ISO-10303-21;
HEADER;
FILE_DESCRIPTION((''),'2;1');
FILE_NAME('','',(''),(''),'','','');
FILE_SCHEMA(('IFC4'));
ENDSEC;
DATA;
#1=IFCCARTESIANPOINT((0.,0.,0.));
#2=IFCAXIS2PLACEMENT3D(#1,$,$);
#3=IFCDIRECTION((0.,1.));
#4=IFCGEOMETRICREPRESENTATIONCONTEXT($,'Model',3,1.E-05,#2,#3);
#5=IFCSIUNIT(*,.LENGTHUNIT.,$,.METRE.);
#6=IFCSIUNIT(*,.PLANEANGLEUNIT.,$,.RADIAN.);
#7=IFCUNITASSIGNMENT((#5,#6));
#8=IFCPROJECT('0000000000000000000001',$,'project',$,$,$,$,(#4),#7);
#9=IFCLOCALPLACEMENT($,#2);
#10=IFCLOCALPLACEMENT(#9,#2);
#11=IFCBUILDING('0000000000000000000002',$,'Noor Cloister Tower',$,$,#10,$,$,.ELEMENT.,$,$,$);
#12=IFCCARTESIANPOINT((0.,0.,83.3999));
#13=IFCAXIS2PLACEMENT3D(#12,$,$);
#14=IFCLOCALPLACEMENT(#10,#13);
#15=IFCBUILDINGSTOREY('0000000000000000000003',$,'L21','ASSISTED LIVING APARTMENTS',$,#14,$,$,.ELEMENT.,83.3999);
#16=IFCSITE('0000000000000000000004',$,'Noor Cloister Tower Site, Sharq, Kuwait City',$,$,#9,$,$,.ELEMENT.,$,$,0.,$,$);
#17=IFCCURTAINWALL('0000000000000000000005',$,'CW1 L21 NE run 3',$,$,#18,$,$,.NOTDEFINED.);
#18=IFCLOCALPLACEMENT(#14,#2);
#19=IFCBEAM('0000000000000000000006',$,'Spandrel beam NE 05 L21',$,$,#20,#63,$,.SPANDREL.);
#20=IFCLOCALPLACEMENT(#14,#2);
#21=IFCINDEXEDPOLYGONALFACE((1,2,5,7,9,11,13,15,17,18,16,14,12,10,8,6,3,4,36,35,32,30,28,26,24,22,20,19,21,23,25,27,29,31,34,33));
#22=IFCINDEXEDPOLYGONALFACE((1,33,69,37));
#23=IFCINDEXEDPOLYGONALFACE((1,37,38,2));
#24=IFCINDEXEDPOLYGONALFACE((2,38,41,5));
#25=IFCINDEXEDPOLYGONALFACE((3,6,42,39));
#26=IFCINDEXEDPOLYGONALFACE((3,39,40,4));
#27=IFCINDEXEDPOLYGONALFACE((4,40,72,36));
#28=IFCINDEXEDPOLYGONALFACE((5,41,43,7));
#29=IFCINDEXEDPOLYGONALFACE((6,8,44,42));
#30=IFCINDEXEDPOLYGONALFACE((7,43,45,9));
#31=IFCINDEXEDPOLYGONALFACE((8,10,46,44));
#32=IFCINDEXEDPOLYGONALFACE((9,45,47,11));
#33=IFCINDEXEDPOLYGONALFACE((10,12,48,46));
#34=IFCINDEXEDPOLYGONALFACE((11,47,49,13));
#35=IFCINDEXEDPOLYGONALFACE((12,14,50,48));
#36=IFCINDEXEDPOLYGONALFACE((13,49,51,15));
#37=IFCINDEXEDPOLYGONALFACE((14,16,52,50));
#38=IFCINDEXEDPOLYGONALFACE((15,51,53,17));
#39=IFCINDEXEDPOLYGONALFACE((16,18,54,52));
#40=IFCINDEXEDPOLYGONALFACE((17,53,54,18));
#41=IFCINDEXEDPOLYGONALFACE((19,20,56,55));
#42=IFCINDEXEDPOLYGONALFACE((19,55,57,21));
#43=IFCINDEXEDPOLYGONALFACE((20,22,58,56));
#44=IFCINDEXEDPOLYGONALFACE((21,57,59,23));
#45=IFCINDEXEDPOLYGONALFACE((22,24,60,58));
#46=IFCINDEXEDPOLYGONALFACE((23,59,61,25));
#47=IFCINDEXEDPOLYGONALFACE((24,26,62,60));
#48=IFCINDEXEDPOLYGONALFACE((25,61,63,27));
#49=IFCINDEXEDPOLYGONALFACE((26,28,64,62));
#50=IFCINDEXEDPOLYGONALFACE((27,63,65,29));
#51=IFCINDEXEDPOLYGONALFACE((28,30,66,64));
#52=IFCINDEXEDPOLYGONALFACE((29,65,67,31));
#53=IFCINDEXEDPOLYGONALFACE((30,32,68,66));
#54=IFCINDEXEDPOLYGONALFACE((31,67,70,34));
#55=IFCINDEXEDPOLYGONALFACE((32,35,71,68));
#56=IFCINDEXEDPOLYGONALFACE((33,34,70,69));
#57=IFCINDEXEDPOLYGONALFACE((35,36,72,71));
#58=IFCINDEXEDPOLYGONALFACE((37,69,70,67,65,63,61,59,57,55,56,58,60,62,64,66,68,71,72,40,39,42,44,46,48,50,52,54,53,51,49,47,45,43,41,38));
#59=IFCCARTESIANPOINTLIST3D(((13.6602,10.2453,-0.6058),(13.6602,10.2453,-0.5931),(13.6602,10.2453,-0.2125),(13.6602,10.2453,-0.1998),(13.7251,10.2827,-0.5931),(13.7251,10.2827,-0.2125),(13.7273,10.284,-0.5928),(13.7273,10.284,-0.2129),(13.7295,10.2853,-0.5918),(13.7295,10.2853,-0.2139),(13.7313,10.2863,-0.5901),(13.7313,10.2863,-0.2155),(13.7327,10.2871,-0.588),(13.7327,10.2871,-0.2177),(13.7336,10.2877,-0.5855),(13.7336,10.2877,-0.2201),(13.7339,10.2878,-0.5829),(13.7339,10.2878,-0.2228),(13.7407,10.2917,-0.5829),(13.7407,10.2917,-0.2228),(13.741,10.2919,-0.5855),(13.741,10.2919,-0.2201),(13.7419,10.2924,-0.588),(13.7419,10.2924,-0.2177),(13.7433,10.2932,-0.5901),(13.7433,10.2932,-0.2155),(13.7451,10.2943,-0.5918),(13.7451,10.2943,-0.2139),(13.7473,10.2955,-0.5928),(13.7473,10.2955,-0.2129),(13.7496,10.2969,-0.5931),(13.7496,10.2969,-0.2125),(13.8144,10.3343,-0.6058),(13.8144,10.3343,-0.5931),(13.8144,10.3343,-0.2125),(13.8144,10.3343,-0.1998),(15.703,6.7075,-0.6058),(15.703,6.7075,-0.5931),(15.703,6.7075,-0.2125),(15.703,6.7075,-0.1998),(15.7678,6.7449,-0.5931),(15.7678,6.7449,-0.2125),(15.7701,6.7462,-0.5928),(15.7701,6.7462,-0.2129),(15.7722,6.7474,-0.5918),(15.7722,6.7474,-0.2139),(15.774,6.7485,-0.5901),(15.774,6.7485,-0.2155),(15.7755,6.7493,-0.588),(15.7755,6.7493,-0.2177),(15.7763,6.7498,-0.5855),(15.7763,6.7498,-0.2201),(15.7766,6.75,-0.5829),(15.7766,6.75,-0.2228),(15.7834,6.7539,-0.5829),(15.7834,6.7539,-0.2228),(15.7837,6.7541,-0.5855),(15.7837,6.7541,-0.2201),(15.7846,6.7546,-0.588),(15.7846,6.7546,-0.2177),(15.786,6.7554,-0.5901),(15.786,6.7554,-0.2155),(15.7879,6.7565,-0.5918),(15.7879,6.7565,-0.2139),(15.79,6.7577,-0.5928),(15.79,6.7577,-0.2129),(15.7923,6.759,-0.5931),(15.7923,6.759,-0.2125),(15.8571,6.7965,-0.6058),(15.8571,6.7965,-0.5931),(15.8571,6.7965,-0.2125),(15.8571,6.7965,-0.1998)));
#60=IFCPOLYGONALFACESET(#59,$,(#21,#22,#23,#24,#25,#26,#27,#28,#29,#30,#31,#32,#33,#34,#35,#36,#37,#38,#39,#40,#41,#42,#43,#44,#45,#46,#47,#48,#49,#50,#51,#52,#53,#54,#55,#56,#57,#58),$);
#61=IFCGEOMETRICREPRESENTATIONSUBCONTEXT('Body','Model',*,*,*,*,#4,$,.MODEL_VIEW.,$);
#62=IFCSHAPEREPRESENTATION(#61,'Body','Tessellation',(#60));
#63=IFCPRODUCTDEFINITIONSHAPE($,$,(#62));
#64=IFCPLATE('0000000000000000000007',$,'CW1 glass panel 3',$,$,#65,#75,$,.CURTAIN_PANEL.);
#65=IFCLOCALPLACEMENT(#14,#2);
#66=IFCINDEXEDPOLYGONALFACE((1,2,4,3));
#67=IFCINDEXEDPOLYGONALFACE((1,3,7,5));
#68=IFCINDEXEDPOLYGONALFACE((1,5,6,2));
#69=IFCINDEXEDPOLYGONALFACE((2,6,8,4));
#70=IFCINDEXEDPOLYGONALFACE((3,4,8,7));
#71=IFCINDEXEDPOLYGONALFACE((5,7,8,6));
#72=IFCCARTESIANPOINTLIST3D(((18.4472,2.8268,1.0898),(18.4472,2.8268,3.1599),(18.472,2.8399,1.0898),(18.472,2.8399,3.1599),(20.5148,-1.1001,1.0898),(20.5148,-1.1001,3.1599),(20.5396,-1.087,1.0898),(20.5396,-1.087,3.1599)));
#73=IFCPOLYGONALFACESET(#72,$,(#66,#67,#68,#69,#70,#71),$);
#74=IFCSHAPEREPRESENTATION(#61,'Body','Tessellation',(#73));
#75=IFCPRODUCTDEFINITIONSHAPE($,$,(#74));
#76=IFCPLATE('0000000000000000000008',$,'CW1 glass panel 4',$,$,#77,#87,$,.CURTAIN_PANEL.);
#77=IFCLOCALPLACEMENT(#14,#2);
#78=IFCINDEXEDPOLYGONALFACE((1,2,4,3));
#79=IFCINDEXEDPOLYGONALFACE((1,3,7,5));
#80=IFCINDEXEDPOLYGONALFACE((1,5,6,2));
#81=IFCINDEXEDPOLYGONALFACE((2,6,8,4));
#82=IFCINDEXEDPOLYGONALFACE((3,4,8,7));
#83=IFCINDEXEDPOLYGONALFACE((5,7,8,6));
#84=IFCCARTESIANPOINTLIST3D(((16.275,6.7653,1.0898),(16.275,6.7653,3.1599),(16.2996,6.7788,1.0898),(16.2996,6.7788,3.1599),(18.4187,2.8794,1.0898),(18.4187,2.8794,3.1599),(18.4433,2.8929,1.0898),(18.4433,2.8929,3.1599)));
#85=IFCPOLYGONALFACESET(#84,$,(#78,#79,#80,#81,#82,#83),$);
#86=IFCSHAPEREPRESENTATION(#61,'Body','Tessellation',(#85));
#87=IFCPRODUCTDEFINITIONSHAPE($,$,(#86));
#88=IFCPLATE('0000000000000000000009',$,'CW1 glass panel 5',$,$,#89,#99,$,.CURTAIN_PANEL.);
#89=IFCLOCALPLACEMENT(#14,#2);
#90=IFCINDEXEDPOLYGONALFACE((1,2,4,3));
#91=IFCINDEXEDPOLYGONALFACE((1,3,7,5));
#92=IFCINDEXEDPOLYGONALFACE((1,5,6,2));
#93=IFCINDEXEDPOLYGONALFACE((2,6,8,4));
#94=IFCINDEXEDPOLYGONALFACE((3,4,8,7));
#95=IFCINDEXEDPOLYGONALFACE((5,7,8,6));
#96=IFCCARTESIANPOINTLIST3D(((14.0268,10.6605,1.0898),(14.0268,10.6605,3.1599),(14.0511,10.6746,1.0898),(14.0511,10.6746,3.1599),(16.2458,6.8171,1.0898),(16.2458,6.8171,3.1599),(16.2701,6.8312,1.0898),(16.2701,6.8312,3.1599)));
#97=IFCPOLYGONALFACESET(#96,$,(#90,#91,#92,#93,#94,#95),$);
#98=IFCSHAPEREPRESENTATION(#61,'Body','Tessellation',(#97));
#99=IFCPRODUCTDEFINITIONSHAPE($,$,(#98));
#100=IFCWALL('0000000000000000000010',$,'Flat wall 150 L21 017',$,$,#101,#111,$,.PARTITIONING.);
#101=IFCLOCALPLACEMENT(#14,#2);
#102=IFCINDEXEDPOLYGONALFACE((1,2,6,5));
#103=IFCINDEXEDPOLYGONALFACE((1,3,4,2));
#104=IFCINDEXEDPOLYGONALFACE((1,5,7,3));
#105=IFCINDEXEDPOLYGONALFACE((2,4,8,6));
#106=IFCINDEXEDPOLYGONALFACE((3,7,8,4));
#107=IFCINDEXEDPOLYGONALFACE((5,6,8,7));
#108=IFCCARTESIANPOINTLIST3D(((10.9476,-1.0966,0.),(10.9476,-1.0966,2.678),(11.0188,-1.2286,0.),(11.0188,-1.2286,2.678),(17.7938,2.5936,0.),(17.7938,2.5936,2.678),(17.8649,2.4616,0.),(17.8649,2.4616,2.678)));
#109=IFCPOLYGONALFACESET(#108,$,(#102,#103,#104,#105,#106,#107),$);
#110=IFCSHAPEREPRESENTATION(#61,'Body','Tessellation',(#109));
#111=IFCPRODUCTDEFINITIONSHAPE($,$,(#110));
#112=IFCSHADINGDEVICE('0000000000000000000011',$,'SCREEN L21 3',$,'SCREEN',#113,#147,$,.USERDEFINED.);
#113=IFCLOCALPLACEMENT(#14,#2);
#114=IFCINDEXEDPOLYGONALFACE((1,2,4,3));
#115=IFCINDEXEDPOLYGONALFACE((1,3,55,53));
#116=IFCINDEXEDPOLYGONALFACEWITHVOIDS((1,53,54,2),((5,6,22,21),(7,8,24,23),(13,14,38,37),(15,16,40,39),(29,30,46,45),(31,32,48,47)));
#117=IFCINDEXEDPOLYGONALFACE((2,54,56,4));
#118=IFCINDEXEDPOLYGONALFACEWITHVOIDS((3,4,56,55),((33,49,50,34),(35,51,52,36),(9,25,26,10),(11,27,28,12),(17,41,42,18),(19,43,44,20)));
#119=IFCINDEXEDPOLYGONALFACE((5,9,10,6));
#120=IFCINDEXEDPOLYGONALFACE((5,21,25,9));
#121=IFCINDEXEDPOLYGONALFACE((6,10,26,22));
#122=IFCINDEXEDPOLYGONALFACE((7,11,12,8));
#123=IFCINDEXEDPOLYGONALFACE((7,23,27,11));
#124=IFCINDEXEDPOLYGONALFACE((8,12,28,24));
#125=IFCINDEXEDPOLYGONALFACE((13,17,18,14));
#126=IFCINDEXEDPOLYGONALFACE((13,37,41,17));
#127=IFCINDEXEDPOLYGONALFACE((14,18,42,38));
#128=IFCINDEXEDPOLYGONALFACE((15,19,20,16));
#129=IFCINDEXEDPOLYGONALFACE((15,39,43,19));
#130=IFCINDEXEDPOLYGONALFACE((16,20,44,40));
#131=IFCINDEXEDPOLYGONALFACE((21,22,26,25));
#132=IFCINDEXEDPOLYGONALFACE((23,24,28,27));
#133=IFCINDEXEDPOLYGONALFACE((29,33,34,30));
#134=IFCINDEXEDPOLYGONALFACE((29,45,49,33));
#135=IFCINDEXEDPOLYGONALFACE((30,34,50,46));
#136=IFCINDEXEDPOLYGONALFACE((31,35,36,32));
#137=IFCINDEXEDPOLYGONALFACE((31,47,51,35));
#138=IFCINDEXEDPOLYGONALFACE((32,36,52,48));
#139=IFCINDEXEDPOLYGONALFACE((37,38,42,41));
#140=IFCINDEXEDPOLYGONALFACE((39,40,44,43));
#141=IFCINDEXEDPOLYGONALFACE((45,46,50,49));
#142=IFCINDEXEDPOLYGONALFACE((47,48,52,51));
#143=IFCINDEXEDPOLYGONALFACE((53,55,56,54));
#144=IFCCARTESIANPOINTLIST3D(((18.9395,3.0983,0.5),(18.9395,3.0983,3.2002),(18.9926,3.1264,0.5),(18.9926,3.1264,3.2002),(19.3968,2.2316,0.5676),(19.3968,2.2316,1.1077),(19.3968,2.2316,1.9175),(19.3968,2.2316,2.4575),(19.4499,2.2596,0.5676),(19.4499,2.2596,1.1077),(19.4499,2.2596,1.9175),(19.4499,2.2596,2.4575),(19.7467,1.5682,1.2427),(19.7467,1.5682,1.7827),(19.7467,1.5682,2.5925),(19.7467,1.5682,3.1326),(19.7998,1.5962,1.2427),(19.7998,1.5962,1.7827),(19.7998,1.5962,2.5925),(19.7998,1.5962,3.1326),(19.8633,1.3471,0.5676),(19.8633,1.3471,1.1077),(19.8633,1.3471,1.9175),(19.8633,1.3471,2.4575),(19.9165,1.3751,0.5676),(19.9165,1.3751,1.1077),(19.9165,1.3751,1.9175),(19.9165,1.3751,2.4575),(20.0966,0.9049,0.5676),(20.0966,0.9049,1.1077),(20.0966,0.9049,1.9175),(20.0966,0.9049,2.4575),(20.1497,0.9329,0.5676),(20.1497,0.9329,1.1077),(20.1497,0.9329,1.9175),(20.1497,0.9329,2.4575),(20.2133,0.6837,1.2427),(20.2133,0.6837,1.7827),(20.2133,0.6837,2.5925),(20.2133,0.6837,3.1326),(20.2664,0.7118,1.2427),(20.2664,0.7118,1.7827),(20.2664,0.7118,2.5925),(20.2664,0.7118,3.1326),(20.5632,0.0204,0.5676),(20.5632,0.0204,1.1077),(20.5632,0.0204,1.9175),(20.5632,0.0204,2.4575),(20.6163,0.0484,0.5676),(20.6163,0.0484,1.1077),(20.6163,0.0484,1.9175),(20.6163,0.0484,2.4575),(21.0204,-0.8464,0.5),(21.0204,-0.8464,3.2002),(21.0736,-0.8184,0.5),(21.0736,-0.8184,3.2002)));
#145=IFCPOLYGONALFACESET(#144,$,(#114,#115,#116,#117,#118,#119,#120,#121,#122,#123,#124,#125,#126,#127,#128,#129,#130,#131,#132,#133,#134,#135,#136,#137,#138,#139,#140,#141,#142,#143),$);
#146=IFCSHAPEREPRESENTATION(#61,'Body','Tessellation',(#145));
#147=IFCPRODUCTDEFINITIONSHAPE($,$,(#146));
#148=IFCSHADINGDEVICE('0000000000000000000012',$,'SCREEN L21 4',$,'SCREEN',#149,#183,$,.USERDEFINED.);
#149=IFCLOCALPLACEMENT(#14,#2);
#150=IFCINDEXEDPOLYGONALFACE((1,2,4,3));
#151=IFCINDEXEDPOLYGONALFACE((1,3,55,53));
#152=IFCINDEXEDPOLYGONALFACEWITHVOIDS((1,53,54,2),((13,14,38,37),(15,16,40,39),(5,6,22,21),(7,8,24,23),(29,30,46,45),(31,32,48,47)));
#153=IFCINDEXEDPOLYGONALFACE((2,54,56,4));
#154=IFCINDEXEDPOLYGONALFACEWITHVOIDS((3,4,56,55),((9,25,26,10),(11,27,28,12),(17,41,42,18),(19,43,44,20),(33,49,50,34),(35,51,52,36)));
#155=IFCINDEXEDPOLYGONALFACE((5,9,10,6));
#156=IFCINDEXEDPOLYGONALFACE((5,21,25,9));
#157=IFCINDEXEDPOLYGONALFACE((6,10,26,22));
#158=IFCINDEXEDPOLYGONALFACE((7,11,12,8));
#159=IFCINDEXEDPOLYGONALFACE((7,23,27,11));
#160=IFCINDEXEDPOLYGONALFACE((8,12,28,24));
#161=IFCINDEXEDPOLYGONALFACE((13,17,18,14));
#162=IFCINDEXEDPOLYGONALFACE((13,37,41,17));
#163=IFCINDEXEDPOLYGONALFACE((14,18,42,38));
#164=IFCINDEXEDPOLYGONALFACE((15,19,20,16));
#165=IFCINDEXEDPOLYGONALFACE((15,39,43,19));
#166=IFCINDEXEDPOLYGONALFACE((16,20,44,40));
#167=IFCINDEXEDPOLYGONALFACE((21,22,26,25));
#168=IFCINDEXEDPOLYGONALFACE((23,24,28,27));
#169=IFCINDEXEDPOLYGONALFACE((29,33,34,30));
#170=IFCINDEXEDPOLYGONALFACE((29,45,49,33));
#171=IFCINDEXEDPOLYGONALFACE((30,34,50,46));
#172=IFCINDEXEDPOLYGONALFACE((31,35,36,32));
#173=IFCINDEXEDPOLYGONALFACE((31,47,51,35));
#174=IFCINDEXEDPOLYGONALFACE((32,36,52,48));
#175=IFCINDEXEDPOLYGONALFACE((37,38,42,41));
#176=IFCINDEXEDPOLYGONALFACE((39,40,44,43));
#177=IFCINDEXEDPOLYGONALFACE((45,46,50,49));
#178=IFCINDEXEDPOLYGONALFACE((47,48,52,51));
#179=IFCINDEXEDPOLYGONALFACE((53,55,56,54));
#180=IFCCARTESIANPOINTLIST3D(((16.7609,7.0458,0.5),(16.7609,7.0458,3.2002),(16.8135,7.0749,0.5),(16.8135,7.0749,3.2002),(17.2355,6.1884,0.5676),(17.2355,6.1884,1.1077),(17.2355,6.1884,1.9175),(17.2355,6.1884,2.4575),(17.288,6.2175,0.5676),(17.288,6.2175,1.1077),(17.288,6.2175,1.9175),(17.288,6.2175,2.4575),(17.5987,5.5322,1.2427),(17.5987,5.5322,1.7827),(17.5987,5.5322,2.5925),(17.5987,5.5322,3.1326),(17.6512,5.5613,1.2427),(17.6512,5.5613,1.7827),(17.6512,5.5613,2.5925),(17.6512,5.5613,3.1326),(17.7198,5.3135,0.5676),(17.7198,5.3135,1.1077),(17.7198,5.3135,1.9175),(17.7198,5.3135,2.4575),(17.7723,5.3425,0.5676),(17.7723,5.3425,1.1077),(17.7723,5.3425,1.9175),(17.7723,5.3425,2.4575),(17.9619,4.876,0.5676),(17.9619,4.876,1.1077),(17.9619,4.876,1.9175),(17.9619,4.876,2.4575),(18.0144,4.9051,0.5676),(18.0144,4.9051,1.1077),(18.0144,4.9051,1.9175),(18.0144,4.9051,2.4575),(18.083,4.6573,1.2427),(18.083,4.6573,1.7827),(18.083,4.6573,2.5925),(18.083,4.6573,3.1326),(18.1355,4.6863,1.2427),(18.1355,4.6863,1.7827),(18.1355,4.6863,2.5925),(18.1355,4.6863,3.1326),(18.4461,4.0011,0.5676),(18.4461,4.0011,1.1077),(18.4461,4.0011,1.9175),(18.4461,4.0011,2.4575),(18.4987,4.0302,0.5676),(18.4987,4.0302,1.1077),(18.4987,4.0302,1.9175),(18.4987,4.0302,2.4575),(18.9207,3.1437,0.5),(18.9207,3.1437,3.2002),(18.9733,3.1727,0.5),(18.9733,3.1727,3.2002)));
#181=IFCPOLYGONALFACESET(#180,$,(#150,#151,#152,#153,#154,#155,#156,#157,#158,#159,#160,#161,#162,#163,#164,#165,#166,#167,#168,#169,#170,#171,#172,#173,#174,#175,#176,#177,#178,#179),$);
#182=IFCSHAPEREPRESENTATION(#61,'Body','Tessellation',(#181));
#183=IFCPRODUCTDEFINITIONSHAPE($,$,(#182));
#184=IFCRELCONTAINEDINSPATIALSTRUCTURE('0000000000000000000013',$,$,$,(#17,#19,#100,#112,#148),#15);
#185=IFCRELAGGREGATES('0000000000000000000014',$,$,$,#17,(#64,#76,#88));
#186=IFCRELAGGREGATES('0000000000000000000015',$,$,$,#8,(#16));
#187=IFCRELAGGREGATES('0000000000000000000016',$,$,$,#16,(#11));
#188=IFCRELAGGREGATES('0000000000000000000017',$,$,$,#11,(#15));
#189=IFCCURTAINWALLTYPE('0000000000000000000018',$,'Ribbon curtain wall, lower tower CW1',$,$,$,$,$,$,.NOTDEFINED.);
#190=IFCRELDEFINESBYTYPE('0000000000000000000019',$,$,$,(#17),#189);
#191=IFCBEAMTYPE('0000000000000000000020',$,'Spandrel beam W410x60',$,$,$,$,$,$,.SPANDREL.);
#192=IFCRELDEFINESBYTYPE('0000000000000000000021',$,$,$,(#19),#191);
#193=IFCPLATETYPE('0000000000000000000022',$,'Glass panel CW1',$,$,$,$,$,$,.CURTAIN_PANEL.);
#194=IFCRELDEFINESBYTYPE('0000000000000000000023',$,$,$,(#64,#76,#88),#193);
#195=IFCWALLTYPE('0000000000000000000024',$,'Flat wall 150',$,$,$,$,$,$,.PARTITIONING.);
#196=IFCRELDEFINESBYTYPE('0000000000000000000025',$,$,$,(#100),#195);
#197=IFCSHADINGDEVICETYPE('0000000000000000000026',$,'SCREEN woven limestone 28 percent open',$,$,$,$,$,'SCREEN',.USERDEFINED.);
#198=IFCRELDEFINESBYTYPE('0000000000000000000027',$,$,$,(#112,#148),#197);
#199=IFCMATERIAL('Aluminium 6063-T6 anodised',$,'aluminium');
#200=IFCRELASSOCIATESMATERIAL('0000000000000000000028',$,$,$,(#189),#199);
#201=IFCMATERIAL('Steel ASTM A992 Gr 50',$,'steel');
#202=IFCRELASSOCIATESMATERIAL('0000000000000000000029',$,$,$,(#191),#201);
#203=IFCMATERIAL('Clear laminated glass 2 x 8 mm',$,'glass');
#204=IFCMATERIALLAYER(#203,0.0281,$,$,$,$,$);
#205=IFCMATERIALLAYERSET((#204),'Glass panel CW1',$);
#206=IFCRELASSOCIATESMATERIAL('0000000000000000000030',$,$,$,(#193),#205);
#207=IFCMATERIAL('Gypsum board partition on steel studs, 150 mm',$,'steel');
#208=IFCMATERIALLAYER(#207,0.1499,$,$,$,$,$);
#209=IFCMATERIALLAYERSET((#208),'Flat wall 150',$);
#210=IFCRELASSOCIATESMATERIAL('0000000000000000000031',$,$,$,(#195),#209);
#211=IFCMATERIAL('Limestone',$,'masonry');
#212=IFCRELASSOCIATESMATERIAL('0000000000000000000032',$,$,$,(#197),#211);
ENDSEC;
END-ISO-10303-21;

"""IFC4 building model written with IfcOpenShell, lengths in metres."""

from ifc_helpers import new_model, si_unit, direction, frame, frame_2d, origin, origin_2d, place, context, subcontext, project, spatial, polyline, rectangle, i_section, outline, extrude, material, layer, layer_set, material_profile, profile_set, type_object, element, aggregate, save


model = new_model("IFC4")

# Units and contexts
model_context = context("Model", 3, precision=1e-05, world=origin(), true_north=direction((0.0, 1.0)))
body_context = subcontext(model_context, "Body", "Model", "MODEL_VIEW")
ifc_project = project(units=[si_unit("LENGTHUNIT", "METRE"), si_unit("PLANEANGLEUNIT", "RADIAN")], contexts=[model_context])

# Site, building, storey
site_placement = place(None, origin())
site = spatial("IfcSite", under=ifc_project, at=site_placement, Name="Noor Cloister Tower Site, Sharq, Kuwait City", CompositionType="ELEMENT", RefElevation=0.0)
building_placement = place(site_placement, origin())
building = spatial("IfcBuilding", under=site, at=building_placement, Name="Noor Cloister Tower", CompositionType="ELEMENT")
storey_placement = place(building_placement, frame((0.0, 0.0, 83.3999)))
storey = spatial("IfcBuildingStorey", under=building, at=storey_placement, Name="L21", Description="ASSISTED LIVING APARTMENTS", CompositionType="ELEMENT", Elevation=83.3999)

# Curtain wall
ifc_material_1 = material(Name="Aluminium 6063-T6 anodised", Category="aluminium")
curtain_wall_type = type_object("IfcCurtainWallType", Name="Ribbon curtain wall, lower tower CW1", PredefinedType="NOTDEFINED", material=ifc_material_1)
curtain_wall_placement = place(storey_placement, origin())
curtain_wall = element("IfcCurtainWall", 1, at=curtain_wall_placement, inside=storey, type_object=curtain_wall_type, Name="CW1 L21 NE run 3", PredefinedType="NOTDEFINED")

# Beam
ifc_material_2 = material(Name="Steel ASTM A992 Gr 50", Category="steel")
ifc_material_profile_1 = material_profile(ifc_material_2, i_section(OverallWidth=0.178, OverallDepth=0.406, WebThickness=0.0078, FlangeThickness=0.0127, FilletRadius=0.0103, at=origin_2d()), Name="W410x60")
ifc_profile_set_1 = profile_set([ifc_material_profile_1], Name="Steel ASTM A992 Gr 50")
beam_type_1 = type_object("IfcBeamType", Name="Spandrel beam W410x60", PredefinedType="SPANDREL", material=ifc_profile_set_1)
for number, where, z_axis, x_axis, name in (
    (2, (15.78, 6.752, -0.4028), (-0.500028, 0.866009, 0.0), (-0.866009, -0.500028, 0.0), "Spandrel beam NE 05 L21"),
):
    element("IfcBeam", number, at=place(storey_placement, frame(where, z_axis=z_axis, x_axis=x_axis)), inside=storey, type_object=beam_type_1, Name=name, PredefinedType="SPANDREL", context=body_context, shape_type="SweptSolid", body=[
        extrude(i_section(OverallWidth=0.178, OverallDepth=0.406, WebThickness=0.0078, FlangeThickness=0.0127, FilletRadius=0.0103, at=origin_2d()), origin(), (0.0, 0.0, 1.0), 4.0852),
    ])

# Plates
ifc_material_3 = material(Name="Clear laminated glass 2 x 8 mm", Category="glass")
ifc_layer_1 = layer(ifc_material_3, 0.0281)
ifc_layer_set_1 = layer_set([ifc_layer_1], Name="Glass panel CW1")
plate_type = type_object("IfcPlateType", Name="Glass panel CW1", PredefinedType="CURTAIN_PANEL", material=ifc_layer_set_1)
plate_1_placement = place(storey_placement, frame((19.4934, 0.8699, 1.0898), z_axis=(0.0, 0.0, 1.0), x_axis=(-0.465889, 0.884843, 0.0)))
plate_1 = element("IfcPlate", 3, at=plate_1_placement, type_object=plate_type, Name="CW1 glass panel 3", PredefinedType="CURTAIN_PANEL", context=body_context, shape_type="SweptSolid", body=[
    extrude(rectangle(XDim=4.438, YDim=0.0281, at=origin_2d()), origin(), (0.0, 0.0, 1.0), 2.0701),
])
plate_2_placement = place(storey_placement, frame((17.3591, 4.8291, 1.0898), z_axis=(0.0, 0.0, 1.0), x_axis=(-0.483036, 0.8756, 0.0)))
plate_2 = element("IfcPlate", 4, at=plate_2_placement, type_object=plate_type, Name="CW1 glass panel 4", PredefinedType="CURTAIN_PANEL", context=body_context, shape_type="SweptSolid", body=[
    extrude(rectangle(XDim=4.438, YDim=0.0281, at=origin_2d()), origin(), (0.0, 0.0, 1.0), 2.0701),
])
plate_3_placement = place(storey_placement, frame((15.1484, 8.7458, 1.0898), z_axis=(0.0, 0.0, 1.0), x_axis=(-0.5, 0.866025, 0.0)))
plate_3 = element("IfcPlate", 5, at=plate_3_placement, type_object=plate_type, Name="CW1 glass panel 5", PredefinedType="CURTAIN_PANEL", context=body_context, shape_type="SweptSolid", body=[
    extrude(rectangle(XDim=4.438, YDim=0.0281, at=origin_2d()), origin(), (0.0, 0.0, 1.0), 2.0701),
])
aggregate(curtain_wall, [plate_1, plate_2, plate_3])

# Wall
ifc_material_4 = material(Name="Gypsum board partition on steel studs, 150 mm", Category="steel")
ifc_layer_2 = layer(ifc_material_4, 0.1499)
ifc_layer_set_2 = layer_set([ifc_layer_2], Name="Flat wall 150")
wall_type = type_object("IfcWallType", Name="Flat wall 150", PredefinedType="PARTITIONING", material=ifc_layer_set_2)
wall_placement = place(storey_placement, frame((17.8293, 2.5276, 0.0), z_axis=(0.0, 0.0, 1.0), x_axis=(-0.880268, -0.474476, 0.0)))
element("IfcWall", 6, at=wall_placement, inside=storey, type_object=wall_type, Name="Flat wall 150 L21 017", PredefinedType="PARTITIONING", context=body_context, shape_type="SweptSolid", body=[
    extrude(rectangle(XDim=7.7773, YDim=0.1499, at=frame_2d((3.8887, 0.0))), origin(), (0.0, 0.0, 1.0), 2.678),
])

# Shading devices
ifc_material_5 = material(Name="Limestone", Category="masonry")
ifc_material_profile_2 = material_profile(ifc_material_5, outline(polyline([(-2.23, -1.3501), (2.23, -1.3501), (2.23, 1.3501), (-2.23, 1.3501), (-2.23, -1.3501)]), holes=[polyline([(-1.25, -1.2825), (-0.25, -1.2825), (-0.25, -0.7424), (-1.25, -0.7424), (-1.25, -1.2825)]), polyline([(0.25, -1.2825), (1.25, -1.2825), (1.25, -0.7424), (0.25, -0.7424), (0.25, -1.2825)]), polyline([(-0.5, -0.6074), (0.5, -0.6074), (0.5, -0.0674), (-0.5, -0.0674), (-0.5, -0.6074)]), polyline([(-1.25, 0.0674), (-0.25, 0.0674), (-0.25, 0.6074), (-1.25, 0.6074), (-1.25, 0.0674)]), polyline([(0.25, 0.0674), (1.25, 0.0674), (1.25, 0.6074), (0.25, 0.6074), (0.25, 0.0674)]), polyline([(-0.5, 0.7424), (0.5, 0.7424), (0.5, 1.2825), (-0.5, 1.2825), (-0.5, 0.7424)])]), Name="Woven screen 28 percent open")
ifc_profile_set_2 = profile_set([ifc_material_profile_2], Name="Limestone")
shading_device_type = type_object("IfcShadingDeviceType", Name="SCREEN woven limestone 28 percent open", ElementType="SCREEN", PredefinedType="USERDEFINED", material=ifc_profile_set_2)
for number, where, z_axis, x_axis, name in (
    (7, (19.98, 1.126, 1.8501), (0.884478, 0.466582, 0.0), (-0.466582, 0.884478, 0.0), "SCREEN L21 3"),
    (8, (17.8408, 5.0947, 1.8501), (0.874924, 0.48426, 0.0), (-0.48426, 0.874924, 0.0), "SCREEN L21 4"),
):
    element("IfcShadingDevice", number, at=place(storey_placement, frame(where, z_axis=z_axis, x_axis=x_axis)), inside=storey, type_object=shading_device_type, Name=name, ObjectType="SCREEN", PredefinedType="USERDEFINED", context=body_context, shape_type="SweptSolid", body=[
        extrude(outline(polyline([(-2.23, -1.3501), (2.23, -1.3501), (2.23, 1.3501), (-2.23, 1.3501), (-2.23, -1.3501)]), holes=[polyline([(-1.25, -1.2825), (-0.25, -1.2825), (-0.25, -0.7424), (-1.25, -0.7424), (-1.25, -1.2825)]), polyline([(0.25, -1.2825), (1.25, -1.2825), (1.25, -0.7424), (0.25, -0.7424), (0.25, -1.2825)]), polyline([(-0.5, -0.6074), (0.5, -0.6074), (0.5, -0.0674), (-0.5, -0.0674), (-0.5, -0.6074)]), polyline([(-1.25, 0.0674), (-0.25, 0.0674), (-0.25, 0.6074), (-1.25, 0.6074), (-1.25, 0.0674)]), polyline([(0.25, 0.0674), (1.25, 0.0674), (1.25, 0.6074), (0.25, 0.6074), (0.25, 0.0674)]), polyline([(-0.5, 0.7424), (0.5, 0.7424), (0.5, 1.2825), (-0.5, 1.2825), (-0.5, 0.7424)])]), origin(), (0.0, 0.0, 1.0), 0.0601),
    ])

save(model, "model.ifc")
